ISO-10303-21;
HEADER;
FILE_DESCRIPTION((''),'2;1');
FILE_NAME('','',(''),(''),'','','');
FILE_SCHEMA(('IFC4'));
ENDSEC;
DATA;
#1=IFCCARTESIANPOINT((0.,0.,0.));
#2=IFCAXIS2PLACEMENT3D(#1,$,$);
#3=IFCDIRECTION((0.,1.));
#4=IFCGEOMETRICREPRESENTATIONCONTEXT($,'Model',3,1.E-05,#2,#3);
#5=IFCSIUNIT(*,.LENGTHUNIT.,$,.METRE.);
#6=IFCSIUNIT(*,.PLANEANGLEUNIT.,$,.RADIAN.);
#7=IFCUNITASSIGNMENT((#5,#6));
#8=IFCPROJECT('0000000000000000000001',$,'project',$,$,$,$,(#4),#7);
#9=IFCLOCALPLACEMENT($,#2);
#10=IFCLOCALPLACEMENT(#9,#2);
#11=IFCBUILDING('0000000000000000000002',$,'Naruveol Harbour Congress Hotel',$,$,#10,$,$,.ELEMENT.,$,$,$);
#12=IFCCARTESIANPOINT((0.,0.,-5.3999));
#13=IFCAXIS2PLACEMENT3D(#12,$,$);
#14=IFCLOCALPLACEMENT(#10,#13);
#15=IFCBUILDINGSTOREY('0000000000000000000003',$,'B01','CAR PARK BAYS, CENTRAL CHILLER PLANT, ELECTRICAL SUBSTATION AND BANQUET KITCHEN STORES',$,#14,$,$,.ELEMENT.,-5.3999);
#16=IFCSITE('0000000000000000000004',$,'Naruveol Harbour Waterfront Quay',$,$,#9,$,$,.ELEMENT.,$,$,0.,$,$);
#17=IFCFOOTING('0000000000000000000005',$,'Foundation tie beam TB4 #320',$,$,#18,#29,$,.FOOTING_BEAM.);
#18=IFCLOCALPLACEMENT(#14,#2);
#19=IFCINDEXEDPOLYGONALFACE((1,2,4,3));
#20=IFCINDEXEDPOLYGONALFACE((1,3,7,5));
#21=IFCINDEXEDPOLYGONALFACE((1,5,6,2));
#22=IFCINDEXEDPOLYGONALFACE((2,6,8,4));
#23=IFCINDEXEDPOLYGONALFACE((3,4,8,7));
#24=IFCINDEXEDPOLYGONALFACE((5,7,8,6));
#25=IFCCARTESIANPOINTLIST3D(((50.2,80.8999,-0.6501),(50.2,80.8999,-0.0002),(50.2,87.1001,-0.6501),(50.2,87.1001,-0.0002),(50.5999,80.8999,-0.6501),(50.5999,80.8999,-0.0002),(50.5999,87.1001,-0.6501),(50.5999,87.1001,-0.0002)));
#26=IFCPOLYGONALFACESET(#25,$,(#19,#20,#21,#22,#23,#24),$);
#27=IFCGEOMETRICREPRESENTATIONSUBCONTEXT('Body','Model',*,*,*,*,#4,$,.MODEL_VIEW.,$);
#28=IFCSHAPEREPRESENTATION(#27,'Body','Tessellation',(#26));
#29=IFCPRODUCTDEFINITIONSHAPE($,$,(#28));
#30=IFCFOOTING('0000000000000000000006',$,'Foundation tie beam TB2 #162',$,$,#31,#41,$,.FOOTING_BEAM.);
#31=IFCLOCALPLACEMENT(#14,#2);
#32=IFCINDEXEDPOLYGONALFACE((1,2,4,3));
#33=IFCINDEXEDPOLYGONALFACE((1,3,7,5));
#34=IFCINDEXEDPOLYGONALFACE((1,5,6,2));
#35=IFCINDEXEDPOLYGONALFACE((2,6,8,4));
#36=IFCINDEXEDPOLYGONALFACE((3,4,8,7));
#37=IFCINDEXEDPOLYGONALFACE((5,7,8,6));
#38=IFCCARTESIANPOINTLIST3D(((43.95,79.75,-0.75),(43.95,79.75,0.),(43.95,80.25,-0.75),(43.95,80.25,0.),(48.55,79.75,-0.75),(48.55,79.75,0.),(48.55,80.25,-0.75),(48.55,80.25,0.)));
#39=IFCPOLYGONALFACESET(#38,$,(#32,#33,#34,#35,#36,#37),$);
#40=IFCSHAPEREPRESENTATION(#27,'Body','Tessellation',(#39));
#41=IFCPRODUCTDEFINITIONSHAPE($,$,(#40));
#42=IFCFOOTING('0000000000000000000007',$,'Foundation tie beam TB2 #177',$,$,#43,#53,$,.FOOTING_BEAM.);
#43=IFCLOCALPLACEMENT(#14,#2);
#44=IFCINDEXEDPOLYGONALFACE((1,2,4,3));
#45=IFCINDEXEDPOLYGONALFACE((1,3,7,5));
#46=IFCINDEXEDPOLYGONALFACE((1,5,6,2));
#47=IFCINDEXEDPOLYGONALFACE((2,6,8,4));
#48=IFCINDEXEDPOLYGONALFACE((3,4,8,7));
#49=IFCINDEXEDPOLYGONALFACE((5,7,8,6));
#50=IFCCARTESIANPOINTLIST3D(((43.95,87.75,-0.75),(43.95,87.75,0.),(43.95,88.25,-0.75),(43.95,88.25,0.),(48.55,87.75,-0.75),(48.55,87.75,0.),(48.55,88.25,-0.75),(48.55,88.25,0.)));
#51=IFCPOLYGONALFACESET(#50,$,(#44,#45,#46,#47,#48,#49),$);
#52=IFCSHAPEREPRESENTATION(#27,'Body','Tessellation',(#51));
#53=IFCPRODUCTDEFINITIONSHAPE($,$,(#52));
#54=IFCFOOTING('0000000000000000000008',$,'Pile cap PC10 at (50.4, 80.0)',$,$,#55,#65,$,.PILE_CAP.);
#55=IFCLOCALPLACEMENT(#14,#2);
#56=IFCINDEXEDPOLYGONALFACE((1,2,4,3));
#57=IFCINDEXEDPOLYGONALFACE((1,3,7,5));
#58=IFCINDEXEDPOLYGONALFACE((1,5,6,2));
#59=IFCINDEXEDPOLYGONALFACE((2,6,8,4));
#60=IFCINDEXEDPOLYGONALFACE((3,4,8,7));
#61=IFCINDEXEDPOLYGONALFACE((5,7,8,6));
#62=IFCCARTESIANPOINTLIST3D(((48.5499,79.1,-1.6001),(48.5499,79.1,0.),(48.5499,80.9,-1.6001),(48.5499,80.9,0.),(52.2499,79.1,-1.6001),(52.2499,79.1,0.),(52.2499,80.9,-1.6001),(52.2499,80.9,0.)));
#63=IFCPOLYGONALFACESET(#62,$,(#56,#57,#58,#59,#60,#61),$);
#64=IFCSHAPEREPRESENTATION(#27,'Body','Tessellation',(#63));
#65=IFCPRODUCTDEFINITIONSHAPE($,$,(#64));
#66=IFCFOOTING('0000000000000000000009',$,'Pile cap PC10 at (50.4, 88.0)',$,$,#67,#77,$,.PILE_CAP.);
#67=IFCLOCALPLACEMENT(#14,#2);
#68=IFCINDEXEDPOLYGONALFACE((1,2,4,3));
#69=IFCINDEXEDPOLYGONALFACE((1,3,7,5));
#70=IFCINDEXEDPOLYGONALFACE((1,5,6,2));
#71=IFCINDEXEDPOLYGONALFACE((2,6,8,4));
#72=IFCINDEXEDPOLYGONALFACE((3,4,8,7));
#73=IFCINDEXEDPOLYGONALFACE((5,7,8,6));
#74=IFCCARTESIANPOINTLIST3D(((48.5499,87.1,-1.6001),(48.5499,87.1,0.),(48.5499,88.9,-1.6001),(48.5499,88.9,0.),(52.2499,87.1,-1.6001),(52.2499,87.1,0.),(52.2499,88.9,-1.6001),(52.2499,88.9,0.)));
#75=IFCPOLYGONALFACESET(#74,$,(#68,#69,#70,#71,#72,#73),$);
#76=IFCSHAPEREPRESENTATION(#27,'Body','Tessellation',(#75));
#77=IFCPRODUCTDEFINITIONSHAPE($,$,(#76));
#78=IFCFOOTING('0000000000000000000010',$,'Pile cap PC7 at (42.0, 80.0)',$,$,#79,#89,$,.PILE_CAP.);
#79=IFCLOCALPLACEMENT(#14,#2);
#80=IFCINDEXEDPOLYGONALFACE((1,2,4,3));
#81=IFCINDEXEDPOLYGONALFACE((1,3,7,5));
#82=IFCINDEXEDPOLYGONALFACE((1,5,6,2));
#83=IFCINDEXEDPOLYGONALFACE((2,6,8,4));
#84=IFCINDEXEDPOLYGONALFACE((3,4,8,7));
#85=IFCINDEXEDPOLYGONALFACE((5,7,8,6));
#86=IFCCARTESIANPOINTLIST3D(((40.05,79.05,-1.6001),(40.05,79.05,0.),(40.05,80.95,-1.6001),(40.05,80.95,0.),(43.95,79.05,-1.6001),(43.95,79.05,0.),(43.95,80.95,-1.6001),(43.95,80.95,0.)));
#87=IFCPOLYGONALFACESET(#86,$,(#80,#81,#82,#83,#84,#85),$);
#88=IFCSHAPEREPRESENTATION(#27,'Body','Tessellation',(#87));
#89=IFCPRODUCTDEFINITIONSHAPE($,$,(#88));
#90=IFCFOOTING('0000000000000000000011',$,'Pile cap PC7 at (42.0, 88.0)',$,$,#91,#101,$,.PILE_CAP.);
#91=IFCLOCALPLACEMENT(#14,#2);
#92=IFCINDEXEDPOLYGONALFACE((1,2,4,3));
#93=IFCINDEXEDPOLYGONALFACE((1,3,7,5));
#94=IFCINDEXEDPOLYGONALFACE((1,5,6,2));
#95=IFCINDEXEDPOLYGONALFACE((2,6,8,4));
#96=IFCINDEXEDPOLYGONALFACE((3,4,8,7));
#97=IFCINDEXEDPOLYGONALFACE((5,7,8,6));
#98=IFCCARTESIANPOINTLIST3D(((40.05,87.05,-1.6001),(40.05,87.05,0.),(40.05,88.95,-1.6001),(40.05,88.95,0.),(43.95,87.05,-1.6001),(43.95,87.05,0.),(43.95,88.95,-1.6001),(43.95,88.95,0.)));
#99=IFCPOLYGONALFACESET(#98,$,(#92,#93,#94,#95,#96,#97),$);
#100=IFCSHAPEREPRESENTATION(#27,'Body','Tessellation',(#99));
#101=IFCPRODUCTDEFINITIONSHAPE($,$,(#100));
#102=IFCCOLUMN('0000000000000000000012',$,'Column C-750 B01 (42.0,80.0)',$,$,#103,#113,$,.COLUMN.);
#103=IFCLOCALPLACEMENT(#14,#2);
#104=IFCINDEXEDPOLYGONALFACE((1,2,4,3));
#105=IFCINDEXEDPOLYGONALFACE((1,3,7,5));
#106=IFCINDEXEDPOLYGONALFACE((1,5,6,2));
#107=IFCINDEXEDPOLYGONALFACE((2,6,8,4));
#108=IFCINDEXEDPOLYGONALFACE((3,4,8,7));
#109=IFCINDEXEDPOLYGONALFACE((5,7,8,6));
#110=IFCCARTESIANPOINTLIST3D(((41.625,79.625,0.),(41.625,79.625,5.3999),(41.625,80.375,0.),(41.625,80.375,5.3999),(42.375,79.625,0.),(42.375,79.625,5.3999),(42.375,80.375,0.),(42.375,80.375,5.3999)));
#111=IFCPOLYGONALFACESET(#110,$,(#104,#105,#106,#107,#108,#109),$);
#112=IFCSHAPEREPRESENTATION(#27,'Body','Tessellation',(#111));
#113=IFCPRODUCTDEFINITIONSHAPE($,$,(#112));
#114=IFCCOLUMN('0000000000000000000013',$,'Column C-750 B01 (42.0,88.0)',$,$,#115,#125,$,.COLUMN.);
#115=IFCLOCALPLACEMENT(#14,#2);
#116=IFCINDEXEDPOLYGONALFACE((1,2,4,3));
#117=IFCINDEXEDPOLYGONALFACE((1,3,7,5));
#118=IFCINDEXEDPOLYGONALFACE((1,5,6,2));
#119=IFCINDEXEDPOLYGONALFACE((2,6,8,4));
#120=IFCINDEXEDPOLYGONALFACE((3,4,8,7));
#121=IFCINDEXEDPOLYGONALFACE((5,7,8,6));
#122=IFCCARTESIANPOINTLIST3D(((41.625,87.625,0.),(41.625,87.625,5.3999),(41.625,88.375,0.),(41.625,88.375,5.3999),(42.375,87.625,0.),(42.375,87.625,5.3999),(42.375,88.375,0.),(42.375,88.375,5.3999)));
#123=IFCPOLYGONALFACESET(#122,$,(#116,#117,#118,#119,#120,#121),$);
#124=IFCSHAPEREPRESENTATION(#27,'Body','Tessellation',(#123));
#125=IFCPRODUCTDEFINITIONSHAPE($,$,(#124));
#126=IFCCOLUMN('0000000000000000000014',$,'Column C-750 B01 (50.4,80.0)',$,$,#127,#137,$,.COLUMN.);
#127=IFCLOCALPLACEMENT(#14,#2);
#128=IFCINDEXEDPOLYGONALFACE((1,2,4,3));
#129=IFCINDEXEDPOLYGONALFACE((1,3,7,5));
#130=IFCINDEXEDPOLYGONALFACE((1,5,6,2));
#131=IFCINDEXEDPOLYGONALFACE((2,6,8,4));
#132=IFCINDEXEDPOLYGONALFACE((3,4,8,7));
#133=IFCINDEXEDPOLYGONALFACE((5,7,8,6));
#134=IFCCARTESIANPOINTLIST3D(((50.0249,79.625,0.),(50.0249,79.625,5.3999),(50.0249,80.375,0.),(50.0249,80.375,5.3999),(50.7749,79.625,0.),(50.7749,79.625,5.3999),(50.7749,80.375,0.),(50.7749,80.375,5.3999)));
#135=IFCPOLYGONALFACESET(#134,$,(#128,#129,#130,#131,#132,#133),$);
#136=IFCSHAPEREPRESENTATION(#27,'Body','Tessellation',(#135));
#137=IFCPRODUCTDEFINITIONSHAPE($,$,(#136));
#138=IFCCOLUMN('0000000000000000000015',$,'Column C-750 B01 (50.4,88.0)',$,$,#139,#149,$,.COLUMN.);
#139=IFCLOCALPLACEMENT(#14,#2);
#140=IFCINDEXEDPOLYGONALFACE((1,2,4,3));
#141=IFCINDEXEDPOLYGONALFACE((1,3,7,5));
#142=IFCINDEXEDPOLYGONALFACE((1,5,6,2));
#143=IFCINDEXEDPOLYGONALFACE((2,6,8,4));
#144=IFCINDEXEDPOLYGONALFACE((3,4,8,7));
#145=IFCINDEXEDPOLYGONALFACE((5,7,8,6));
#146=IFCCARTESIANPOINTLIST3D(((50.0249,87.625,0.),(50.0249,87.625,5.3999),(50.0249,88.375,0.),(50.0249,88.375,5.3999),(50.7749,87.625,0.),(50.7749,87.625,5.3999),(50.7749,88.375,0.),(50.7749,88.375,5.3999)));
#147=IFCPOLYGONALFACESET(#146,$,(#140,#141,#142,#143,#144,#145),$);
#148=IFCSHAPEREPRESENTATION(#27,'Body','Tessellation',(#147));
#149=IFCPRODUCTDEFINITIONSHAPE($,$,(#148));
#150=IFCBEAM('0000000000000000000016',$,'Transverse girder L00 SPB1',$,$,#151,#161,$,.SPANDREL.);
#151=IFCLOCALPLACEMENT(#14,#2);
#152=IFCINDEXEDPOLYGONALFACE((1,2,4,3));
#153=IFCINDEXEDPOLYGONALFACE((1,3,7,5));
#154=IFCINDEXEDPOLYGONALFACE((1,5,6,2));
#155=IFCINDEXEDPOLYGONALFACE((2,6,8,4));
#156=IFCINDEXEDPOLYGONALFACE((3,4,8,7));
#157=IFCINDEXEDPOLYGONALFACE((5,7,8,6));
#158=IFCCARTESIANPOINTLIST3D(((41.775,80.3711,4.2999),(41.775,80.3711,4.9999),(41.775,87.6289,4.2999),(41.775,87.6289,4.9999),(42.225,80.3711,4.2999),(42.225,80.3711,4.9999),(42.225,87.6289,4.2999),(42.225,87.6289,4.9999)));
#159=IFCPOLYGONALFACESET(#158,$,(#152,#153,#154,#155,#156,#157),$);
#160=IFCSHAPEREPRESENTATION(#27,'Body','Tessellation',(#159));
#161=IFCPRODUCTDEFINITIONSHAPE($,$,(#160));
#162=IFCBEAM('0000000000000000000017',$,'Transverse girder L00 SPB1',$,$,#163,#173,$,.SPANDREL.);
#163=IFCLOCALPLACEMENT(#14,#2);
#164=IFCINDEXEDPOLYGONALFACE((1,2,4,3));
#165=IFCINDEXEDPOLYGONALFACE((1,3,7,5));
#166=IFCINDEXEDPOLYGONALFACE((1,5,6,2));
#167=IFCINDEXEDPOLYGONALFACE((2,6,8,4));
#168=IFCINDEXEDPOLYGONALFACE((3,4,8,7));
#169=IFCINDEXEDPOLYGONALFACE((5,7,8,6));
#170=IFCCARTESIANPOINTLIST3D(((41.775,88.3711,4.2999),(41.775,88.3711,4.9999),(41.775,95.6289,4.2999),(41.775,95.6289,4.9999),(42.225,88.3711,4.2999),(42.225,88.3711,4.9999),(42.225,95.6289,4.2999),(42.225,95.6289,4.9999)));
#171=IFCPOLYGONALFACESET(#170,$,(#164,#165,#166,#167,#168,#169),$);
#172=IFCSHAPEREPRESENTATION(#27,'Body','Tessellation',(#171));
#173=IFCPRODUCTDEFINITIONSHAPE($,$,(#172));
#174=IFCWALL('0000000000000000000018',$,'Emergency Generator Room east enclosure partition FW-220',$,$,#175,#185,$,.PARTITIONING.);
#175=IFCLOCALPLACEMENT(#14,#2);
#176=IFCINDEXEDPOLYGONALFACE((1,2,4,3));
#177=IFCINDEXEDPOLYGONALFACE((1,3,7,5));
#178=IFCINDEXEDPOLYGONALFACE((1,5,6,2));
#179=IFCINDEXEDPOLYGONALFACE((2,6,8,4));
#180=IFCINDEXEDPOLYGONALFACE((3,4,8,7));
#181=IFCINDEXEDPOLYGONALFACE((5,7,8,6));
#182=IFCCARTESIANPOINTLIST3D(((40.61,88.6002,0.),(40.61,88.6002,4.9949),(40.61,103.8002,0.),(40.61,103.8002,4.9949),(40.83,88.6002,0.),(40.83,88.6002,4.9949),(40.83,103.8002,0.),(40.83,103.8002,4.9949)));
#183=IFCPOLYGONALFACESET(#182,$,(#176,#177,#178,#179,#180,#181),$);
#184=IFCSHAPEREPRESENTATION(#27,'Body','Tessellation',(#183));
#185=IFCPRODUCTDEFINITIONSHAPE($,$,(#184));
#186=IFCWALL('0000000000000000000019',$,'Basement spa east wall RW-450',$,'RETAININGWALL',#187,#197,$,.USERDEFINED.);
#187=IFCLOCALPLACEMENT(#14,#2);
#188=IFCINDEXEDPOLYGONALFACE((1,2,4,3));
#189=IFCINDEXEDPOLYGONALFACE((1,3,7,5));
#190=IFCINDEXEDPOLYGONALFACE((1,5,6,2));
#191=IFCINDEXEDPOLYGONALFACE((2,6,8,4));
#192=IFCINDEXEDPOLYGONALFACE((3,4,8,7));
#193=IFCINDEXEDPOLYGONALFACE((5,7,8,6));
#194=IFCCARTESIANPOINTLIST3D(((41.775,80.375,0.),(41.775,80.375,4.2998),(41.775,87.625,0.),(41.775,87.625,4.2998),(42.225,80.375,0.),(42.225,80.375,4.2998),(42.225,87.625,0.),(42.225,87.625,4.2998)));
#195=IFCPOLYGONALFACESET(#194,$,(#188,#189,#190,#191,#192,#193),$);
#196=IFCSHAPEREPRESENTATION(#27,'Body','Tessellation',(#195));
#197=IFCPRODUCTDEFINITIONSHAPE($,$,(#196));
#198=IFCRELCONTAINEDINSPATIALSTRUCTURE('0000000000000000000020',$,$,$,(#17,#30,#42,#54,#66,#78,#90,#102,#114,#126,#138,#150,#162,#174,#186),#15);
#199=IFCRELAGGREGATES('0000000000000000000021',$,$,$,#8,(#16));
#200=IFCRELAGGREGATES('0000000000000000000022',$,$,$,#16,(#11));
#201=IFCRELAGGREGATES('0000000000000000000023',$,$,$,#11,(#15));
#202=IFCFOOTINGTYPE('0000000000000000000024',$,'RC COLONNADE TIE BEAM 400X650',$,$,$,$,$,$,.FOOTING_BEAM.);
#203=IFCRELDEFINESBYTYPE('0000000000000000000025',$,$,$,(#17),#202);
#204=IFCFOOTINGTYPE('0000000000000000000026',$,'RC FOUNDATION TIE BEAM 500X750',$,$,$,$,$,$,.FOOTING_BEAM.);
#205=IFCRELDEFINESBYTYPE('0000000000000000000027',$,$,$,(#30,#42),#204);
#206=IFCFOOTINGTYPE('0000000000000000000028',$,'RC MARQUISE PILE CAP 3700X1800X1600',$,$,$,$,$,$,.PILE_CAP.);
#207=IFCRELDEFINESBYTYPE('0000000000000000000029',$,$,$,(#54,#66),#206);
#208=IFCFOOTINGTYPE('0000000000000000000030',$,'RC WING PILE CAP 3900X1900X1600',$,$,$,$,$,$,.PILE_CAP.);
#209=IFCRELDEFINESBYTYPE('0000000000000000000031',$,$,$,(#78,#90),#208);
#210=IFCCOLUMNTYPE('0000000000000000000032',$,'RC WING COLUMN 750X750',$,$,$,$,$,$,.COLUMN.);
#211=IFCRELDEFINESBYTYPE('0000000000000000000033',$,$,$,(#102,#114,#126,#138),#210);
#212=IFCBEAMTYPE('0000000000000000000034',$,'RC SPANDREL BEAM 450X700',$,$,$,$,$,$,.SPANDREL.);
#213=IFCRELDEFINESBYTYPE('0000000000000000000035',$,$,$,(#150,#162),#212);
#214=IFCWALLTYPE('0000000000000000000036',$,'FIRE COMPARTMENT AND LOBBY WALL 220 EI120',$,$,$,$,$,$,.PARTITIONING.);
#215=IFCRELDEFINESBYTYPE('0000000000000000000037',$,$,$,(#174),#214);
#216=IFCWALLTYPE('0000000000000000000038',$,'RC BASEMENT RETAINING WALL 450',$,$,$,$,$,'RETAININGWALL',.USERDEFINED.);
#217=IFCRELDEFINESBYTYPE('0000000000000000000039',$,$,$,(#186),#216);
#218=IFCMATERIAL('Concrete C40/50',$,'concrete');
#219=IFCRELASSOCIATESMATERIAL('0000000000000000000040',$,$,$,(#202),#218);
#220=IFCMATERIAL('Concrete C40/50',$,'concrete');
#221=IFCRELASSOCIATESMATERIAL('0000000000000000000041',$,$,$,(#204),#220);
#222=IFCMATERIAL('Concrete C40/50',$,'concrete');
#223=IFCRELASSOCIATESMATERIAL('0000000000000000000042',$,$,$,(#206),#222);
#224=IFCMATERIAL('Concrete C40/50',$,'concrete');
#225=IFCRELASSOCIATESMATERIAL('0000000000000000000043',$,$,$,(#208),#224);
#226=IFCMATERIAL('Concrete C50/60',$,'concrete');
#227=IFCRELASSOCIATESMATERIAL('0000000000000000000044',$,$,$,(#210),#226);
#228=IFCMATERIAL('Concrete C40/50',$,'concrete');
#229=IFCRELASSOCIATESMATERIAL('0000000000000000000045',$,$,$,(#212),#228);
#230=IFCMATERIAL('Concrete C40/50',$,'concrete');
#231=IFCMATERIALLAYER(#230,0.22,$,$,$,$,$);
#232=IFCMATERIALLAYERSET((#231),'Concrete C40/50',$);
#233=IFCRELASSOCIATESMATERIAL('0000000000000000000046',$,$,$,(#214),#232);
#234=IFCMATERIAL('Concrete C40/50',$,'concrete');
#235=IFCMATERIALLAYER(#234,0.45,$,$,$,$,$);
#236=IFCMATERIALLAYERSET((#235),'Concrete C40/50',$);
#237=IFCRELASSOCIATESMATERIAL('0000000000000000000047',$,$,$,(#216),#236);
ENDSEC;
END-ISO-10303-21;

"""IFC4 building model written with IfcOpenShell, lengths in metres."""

from ifc_helpers import new_model, si_unit, direction, frame, frame_2d, origin, origin_2d, place, context, subcontext, project, spatial, rectangle, extrude, material, layer, layer_set, material_profile, profile_set, type_object, element, save


model = new_model("IFC4")

# Units and contexts
model_context = context("Model", 3, precision=1e-05, world=origin(), true_north=direction((0.0, 1.0)))
body_context = subcontext(model_context, "Body", "Model", "MODEL_VIEW")
ifc_project = project(units=[si_unit("LENGTHUNIT", "METRE"), si_unit("PLANEANGLEUNIT", "RADIAN")], contexts=[model_context])

# Site, building, storey
site_placement = place(None, origin())
site = spatial("IfcSite", under=ifc_project, at=site_placement, Name="Naruveol Harbour Waterfront Quay", CompositionType="ELEMENT", RefElevation=0.0)
building_placement = place(site_placement, origin())
building = spatial("IfcBuilding", under=site, at=building_placement, Name="Naruveol Harbour Congress Hotel", CompositionType="ELEMENT")
storey_placement = place(building_placement, frame((0.0, 0.0, -5.3999)))
storey = spatial("IfcBuildingStorey", under=building, at=storey_placement, Name="B01", Description="CAR PARK BAYS, CENTRAL CHILLER PLANT, ELECTRICAL SUBSTATION AND BANQUET KITCHEN STORES", CompositionType="ELEMENT", Elevation=-5.3999)

# Footings
ifc_material_1 = material(Name="Concrete C40/50", Category="concrete")
ifc_material_profile_1 = material_profile(ifc_material_1, rectangle(XDim=0.3999, YDim=0.6499, at=origin_2d()), Name="RCB-400x650")
ifc_profile_set_1 = profile_set([ifc_material_profile_1], Name="Concrete C40/50")
footing_type_1 = type_object("IfcFootingType", Name="RC COLONNADE TIE BEAM 400X650", PredefinedType="FOOTING_BEAM", material=ifc_profile_set_1)
footing_1_placement = place(storey_placement, frame((50.3999, 80.8999, -0.3252), z_axis=(0.0, 1.0, 0.0), x_axis=(-1.0, 0.0, 0.0)))
element("IfcFooting", 1, at=footing_1_placement, inside=storey, type_object=footing_type_1, Name="Foundation tie beam TB4 #320", PredefinedType="FOOTING_BEAM", context=body_context, shape_type="SweptSolid", body=[
    extrude(rectangle(XDim=0.3999, YDim=0.6499, at=origin_2d()), origin(), (0.0, 0.0, 1.0), 6.2002),
])
ifc_material_2 = material(Name="Concrete C40/50", Category="concrete")
ifc_material_profile_2 = material_profile(ifc_material_2, rectangle(XDim=0.5, YDim=0.75, at=origin_2d()), Name="RCB-500x750")
ifc_profile_set_2 = profile_set([ifc_material_profile_2], Name="Concrete C40/50")
footing_type_2 = type_object("IfcFootingType", Name="RC FOUNDATION TIE BEAM 500X750", PredefinedType="FOOTING_BEAM", material=ifc_profile_set_2)
for number, where, z_axis, x_axis, name in (
    (2, (43.95, 80.0, -0.375), (1.0, 0.0, 0.0), (0.0, 1.0, 0.0), "Foundation tie beam TB2 #162"),
    (3, (43.95, 88.0, -0.375), (1.0, 0.0, 0.0), (0.0, 1.0, 0.0), "Foundation tie beam TB2 #177"),
):
    element("IfcFooting", number, at=place(storey_placement, frame(where, z_axis=z_axis, x_axis=x_axis)), inside=storey, type_object=footing_type_2, Name=name, PredefinedType="FOOTING_BEAM", context=body_context, shape_type="SweptSolid", body=[
        extrude(rectangle(XDim=0.5, YDim=0.75, at=origin_2d()), origin(), (0.0, 0.0, 1.0), 4.6001),
    ])
ifc_material_3 = material(Name="Concrete C40/50", Category="concrete")
footing_type_3 = type_object("IfcFootingType", Name="RC MARQUISE PILE CAP 3700X1800X1600", PredefinedType="PILE_CAP", material=ifc_material_3)
for number, where, z_axis, x_axis, name in (
    (4, (50.3999, 80.0, -1.6001), (0.0, 0.0, 1.0), (1.0, 0.0, 0.0), "Pile cap PC10 at (50.4, 80.0)"),
    (5, (50.3999, 88.0, -1.6001), (0.0, 0.0, 1.0), (1.0, 0.0, 0.0), "Pile cap PC10 at (50.4, 88.0)"),
):
    element("IfcFooting", number, at=place(storey_placement, frame(where, z_axis=z_axis, x_axis=x_axis)), inside=storey, type_object=footing_type_3, Name=name, PredefinedType="PILE_CAP", context=body_context, shape_type="SweptSolid", body=[
        extrude(rectangle(XDim=3.7, YDim=1.8, at=origin_2d()), origin(), (0.0, 0.0, 1.0), 1.6001),
    ])
ifc_material_4 = material(Name="Concrete C40/50", Category="concrete")
footing_type_4 = type_object("IfcFootingType", Name="RC WING PILE CAP 3900X1900X1600", PredefinedType="PILE_CAP", material=ifc_material_4)
for number, where, z_axis, x_axis, name in (
    (6, (42.0, 80.0, -1.6001), (0.0, 0.0, 1.0), (1.0, 0.0, 0.0), "Pile cap PC7 at (42.0, 80.0)"),
    (7, (42.0, 88.0, -1.6001), (0.0, 0.0, 1.0), (1.0, 0.0, 0.0), "Pile cap PC7 at (42.0, 88.0)"),
):
    element("IfcFooting", number, at=place(storey_placement, frame(where, z_axis=z_axis, x_axis=x_axis)), inside=storey, type_object=footing_type_4, Name=name, PredefinedType="PILE_CAP", context=body_context, shape_type="SweptSolid", body=[
        extrude(rectangle(XDim=3.8999, YDim=1.8999, at=origin_2d()), origin(), (0.0, 0.0, 1.0), 1.6001),
    ])

# Columns
ifc_material_5 = material(Name="Concrete C50/60", Category="concrete")
ifc_material_profile_3 = material_profile(ifc_material_5, rectangle(XDim=0.75, YDim=0.75, at=origin_2d()), Name="RC-750x750")
ifc_profile_set_3 = profile_set([ifc_material_profile_3], Name="Concrete C50/60")
column_type = type_object("IfcColumnType", Name="RC WING COLUMN 750X750", PredefinedType="COLUMN", material=ifc_profile_set_3)
for number, where, z_axis, x_axis, name in (
    (8, (42.0, 80.0, 0.0), (0.0, 0.0, 1.0), (1.0, 0.0, 0.0), "Column C-750 B01 (42.0,80.0)"),
    (9, (42.0, 88.0, 0.0), (0.0, 0.0, 1.0), (1.0, 0.0, 0.0), "Column C-750 B01 (42.0,88.0)"),
    (10, (50.3999, 80.0, 0.0), (0.0, 0.0, 1.0), (1.0, 0.0, 0.0), "Column C-750 B01 (50.4,80.0)"),
    (11, (50.3999, 88.0, 0.0), (0.0, 0.0, 1.0), (1.0, 0.0, 0.0), "Column C-750 B01 (50.4,88.0)"),
):
    element("IfcColumn", number, at=place(storey_placement, frame(where, z_axis=z_axis, x_axis=x_axis)), inside=storey, type_object=column_type, Name=name, PredefinedType="COLUMN", context=body_context, shape_type="SweptSolid", body=[
        extrude(rectangle(XDim=0.75, YDim=0.75, at=origin_2d()), origin(), (0.0, 0.0, 1.0), 5.3999),
    ])

# Beams
ifc_material_6 = material(Name="Concrete C40/50", Category="concrete")
ifc_material_profile_4 = material_profile(ifc_material_6, rectangle(XDim=0.45, YDim=0.7, at=origin_2d()), Name="RCB-450x700")
ifc_profile_set_4 = profile_set([ifc_material_profile_4], Name="Concrete C40/50")
beam_type = type_object("IfcBeamType", Name="RC SPANDREL BEAM 450X700", PredefinedType="SPANDREL", material=ifc_profile_set_4)
for number, where, z_axis, x_axis, name in (
    (12, (42.0, 80.3711, 4.6499), (0.0, 1.0, 0.0), (-1.0, 0.0, 0.0), "Transverse girder L00 SPB1"),
    (13, (42.0, 88.3711, 4.6499), (0.0, 1.0, 0.0), (-1.0, 0.0, 0.0), "Transverse girder L00 SPB1"),
):
    element("IfcBeam", number, at=place(storey_placement, frame(where, z_axis=z_axis, x_axis=x_axis)), inside=storey, type_object=beam_type, Name=name, PredefinedType="SPANDREL", context=body_context, shape_type="SweptSolid", body=[
        extrude(rectangle(XDim=0.45, YDim=0.7, at=origin_2d()), origin(), (0.0, 0.0, 1.0), 7.2578),
    ])

# Walls
ifc_material_7 = material(Name="Concrete C40/50", Category="concrete")
ifc_layer_1 = layer(ifc_material_7, 0.22)
ifc_layer_set_1 = layer_set([ifc_layer_1], Name="Concrete C40/50")
wall_type_1 = type_object("IfcWallType", Name="FIRE COMPARTMENT AND LOBBY WALL 220 EI120", PredefinedType="PARTITIONING", material=ifc_layer_set_1)
wall_1_placement = place(storey_placement, frame((40.72, 88.6001, 0.0), z_axis=(0.0, 0.0, 1.0), x_axis=(0.0, 1.0, 0.0)))
element("IfcWall", 14, at=wall_1_placement, inside=storey, type_object=wall_type_1, Name="Emergency Generator Room east enclosure partition FW-220", PredefinedType="PARTITIONING", context=body_context, shape_type="SweptSolid", body=[
    extrude(rectangle(XDim=15.2, YDim=0.22, at=frame_2d((7.6001, 0.0))), origin(), (0.0, 0.0, 1.0), 4.9949),
])
ifc_material_8 = material(Name="Concrete C40/50", Category="concrete")
ifc_layer_2 = layer(ifc_material_8, 0.45)
ifc_layer_set_2 = layer_set([ifc_layer_2], Name="Concrete C40/50")
wall_type_2 = type_object("IfcWallType", Name="RC BASEMENT RETAINING WALL 450", ElementType="RETAININGWALL", PredefinedType="USERDEFINED", material=ifc_layer_set_2)
wall_2_placement = place(storey_placement, frame((42.0, 87.625, 0.0), z_axis=(0.0, 0.0, 1.0), x_axis=(0.0, -1.0, 0.0)))
element("IfcWall", 15, at=wall_2_placement, inside=storey, type_object=wall_type_2, Name="Basement spa east wall RW-450", ObjectType="RETAININGWALL", PredefinedType="USERDEFINED", context=body_context, shape_type="SweptSolid", body=[
    extrude(rectangle(XDim=7.25, YDim=0.45, at=frame_2d((3.625, 0.0))), origin(), (0.0, 0.0, 1.0), 4.2998),
])

save(model, "model.ifc")
